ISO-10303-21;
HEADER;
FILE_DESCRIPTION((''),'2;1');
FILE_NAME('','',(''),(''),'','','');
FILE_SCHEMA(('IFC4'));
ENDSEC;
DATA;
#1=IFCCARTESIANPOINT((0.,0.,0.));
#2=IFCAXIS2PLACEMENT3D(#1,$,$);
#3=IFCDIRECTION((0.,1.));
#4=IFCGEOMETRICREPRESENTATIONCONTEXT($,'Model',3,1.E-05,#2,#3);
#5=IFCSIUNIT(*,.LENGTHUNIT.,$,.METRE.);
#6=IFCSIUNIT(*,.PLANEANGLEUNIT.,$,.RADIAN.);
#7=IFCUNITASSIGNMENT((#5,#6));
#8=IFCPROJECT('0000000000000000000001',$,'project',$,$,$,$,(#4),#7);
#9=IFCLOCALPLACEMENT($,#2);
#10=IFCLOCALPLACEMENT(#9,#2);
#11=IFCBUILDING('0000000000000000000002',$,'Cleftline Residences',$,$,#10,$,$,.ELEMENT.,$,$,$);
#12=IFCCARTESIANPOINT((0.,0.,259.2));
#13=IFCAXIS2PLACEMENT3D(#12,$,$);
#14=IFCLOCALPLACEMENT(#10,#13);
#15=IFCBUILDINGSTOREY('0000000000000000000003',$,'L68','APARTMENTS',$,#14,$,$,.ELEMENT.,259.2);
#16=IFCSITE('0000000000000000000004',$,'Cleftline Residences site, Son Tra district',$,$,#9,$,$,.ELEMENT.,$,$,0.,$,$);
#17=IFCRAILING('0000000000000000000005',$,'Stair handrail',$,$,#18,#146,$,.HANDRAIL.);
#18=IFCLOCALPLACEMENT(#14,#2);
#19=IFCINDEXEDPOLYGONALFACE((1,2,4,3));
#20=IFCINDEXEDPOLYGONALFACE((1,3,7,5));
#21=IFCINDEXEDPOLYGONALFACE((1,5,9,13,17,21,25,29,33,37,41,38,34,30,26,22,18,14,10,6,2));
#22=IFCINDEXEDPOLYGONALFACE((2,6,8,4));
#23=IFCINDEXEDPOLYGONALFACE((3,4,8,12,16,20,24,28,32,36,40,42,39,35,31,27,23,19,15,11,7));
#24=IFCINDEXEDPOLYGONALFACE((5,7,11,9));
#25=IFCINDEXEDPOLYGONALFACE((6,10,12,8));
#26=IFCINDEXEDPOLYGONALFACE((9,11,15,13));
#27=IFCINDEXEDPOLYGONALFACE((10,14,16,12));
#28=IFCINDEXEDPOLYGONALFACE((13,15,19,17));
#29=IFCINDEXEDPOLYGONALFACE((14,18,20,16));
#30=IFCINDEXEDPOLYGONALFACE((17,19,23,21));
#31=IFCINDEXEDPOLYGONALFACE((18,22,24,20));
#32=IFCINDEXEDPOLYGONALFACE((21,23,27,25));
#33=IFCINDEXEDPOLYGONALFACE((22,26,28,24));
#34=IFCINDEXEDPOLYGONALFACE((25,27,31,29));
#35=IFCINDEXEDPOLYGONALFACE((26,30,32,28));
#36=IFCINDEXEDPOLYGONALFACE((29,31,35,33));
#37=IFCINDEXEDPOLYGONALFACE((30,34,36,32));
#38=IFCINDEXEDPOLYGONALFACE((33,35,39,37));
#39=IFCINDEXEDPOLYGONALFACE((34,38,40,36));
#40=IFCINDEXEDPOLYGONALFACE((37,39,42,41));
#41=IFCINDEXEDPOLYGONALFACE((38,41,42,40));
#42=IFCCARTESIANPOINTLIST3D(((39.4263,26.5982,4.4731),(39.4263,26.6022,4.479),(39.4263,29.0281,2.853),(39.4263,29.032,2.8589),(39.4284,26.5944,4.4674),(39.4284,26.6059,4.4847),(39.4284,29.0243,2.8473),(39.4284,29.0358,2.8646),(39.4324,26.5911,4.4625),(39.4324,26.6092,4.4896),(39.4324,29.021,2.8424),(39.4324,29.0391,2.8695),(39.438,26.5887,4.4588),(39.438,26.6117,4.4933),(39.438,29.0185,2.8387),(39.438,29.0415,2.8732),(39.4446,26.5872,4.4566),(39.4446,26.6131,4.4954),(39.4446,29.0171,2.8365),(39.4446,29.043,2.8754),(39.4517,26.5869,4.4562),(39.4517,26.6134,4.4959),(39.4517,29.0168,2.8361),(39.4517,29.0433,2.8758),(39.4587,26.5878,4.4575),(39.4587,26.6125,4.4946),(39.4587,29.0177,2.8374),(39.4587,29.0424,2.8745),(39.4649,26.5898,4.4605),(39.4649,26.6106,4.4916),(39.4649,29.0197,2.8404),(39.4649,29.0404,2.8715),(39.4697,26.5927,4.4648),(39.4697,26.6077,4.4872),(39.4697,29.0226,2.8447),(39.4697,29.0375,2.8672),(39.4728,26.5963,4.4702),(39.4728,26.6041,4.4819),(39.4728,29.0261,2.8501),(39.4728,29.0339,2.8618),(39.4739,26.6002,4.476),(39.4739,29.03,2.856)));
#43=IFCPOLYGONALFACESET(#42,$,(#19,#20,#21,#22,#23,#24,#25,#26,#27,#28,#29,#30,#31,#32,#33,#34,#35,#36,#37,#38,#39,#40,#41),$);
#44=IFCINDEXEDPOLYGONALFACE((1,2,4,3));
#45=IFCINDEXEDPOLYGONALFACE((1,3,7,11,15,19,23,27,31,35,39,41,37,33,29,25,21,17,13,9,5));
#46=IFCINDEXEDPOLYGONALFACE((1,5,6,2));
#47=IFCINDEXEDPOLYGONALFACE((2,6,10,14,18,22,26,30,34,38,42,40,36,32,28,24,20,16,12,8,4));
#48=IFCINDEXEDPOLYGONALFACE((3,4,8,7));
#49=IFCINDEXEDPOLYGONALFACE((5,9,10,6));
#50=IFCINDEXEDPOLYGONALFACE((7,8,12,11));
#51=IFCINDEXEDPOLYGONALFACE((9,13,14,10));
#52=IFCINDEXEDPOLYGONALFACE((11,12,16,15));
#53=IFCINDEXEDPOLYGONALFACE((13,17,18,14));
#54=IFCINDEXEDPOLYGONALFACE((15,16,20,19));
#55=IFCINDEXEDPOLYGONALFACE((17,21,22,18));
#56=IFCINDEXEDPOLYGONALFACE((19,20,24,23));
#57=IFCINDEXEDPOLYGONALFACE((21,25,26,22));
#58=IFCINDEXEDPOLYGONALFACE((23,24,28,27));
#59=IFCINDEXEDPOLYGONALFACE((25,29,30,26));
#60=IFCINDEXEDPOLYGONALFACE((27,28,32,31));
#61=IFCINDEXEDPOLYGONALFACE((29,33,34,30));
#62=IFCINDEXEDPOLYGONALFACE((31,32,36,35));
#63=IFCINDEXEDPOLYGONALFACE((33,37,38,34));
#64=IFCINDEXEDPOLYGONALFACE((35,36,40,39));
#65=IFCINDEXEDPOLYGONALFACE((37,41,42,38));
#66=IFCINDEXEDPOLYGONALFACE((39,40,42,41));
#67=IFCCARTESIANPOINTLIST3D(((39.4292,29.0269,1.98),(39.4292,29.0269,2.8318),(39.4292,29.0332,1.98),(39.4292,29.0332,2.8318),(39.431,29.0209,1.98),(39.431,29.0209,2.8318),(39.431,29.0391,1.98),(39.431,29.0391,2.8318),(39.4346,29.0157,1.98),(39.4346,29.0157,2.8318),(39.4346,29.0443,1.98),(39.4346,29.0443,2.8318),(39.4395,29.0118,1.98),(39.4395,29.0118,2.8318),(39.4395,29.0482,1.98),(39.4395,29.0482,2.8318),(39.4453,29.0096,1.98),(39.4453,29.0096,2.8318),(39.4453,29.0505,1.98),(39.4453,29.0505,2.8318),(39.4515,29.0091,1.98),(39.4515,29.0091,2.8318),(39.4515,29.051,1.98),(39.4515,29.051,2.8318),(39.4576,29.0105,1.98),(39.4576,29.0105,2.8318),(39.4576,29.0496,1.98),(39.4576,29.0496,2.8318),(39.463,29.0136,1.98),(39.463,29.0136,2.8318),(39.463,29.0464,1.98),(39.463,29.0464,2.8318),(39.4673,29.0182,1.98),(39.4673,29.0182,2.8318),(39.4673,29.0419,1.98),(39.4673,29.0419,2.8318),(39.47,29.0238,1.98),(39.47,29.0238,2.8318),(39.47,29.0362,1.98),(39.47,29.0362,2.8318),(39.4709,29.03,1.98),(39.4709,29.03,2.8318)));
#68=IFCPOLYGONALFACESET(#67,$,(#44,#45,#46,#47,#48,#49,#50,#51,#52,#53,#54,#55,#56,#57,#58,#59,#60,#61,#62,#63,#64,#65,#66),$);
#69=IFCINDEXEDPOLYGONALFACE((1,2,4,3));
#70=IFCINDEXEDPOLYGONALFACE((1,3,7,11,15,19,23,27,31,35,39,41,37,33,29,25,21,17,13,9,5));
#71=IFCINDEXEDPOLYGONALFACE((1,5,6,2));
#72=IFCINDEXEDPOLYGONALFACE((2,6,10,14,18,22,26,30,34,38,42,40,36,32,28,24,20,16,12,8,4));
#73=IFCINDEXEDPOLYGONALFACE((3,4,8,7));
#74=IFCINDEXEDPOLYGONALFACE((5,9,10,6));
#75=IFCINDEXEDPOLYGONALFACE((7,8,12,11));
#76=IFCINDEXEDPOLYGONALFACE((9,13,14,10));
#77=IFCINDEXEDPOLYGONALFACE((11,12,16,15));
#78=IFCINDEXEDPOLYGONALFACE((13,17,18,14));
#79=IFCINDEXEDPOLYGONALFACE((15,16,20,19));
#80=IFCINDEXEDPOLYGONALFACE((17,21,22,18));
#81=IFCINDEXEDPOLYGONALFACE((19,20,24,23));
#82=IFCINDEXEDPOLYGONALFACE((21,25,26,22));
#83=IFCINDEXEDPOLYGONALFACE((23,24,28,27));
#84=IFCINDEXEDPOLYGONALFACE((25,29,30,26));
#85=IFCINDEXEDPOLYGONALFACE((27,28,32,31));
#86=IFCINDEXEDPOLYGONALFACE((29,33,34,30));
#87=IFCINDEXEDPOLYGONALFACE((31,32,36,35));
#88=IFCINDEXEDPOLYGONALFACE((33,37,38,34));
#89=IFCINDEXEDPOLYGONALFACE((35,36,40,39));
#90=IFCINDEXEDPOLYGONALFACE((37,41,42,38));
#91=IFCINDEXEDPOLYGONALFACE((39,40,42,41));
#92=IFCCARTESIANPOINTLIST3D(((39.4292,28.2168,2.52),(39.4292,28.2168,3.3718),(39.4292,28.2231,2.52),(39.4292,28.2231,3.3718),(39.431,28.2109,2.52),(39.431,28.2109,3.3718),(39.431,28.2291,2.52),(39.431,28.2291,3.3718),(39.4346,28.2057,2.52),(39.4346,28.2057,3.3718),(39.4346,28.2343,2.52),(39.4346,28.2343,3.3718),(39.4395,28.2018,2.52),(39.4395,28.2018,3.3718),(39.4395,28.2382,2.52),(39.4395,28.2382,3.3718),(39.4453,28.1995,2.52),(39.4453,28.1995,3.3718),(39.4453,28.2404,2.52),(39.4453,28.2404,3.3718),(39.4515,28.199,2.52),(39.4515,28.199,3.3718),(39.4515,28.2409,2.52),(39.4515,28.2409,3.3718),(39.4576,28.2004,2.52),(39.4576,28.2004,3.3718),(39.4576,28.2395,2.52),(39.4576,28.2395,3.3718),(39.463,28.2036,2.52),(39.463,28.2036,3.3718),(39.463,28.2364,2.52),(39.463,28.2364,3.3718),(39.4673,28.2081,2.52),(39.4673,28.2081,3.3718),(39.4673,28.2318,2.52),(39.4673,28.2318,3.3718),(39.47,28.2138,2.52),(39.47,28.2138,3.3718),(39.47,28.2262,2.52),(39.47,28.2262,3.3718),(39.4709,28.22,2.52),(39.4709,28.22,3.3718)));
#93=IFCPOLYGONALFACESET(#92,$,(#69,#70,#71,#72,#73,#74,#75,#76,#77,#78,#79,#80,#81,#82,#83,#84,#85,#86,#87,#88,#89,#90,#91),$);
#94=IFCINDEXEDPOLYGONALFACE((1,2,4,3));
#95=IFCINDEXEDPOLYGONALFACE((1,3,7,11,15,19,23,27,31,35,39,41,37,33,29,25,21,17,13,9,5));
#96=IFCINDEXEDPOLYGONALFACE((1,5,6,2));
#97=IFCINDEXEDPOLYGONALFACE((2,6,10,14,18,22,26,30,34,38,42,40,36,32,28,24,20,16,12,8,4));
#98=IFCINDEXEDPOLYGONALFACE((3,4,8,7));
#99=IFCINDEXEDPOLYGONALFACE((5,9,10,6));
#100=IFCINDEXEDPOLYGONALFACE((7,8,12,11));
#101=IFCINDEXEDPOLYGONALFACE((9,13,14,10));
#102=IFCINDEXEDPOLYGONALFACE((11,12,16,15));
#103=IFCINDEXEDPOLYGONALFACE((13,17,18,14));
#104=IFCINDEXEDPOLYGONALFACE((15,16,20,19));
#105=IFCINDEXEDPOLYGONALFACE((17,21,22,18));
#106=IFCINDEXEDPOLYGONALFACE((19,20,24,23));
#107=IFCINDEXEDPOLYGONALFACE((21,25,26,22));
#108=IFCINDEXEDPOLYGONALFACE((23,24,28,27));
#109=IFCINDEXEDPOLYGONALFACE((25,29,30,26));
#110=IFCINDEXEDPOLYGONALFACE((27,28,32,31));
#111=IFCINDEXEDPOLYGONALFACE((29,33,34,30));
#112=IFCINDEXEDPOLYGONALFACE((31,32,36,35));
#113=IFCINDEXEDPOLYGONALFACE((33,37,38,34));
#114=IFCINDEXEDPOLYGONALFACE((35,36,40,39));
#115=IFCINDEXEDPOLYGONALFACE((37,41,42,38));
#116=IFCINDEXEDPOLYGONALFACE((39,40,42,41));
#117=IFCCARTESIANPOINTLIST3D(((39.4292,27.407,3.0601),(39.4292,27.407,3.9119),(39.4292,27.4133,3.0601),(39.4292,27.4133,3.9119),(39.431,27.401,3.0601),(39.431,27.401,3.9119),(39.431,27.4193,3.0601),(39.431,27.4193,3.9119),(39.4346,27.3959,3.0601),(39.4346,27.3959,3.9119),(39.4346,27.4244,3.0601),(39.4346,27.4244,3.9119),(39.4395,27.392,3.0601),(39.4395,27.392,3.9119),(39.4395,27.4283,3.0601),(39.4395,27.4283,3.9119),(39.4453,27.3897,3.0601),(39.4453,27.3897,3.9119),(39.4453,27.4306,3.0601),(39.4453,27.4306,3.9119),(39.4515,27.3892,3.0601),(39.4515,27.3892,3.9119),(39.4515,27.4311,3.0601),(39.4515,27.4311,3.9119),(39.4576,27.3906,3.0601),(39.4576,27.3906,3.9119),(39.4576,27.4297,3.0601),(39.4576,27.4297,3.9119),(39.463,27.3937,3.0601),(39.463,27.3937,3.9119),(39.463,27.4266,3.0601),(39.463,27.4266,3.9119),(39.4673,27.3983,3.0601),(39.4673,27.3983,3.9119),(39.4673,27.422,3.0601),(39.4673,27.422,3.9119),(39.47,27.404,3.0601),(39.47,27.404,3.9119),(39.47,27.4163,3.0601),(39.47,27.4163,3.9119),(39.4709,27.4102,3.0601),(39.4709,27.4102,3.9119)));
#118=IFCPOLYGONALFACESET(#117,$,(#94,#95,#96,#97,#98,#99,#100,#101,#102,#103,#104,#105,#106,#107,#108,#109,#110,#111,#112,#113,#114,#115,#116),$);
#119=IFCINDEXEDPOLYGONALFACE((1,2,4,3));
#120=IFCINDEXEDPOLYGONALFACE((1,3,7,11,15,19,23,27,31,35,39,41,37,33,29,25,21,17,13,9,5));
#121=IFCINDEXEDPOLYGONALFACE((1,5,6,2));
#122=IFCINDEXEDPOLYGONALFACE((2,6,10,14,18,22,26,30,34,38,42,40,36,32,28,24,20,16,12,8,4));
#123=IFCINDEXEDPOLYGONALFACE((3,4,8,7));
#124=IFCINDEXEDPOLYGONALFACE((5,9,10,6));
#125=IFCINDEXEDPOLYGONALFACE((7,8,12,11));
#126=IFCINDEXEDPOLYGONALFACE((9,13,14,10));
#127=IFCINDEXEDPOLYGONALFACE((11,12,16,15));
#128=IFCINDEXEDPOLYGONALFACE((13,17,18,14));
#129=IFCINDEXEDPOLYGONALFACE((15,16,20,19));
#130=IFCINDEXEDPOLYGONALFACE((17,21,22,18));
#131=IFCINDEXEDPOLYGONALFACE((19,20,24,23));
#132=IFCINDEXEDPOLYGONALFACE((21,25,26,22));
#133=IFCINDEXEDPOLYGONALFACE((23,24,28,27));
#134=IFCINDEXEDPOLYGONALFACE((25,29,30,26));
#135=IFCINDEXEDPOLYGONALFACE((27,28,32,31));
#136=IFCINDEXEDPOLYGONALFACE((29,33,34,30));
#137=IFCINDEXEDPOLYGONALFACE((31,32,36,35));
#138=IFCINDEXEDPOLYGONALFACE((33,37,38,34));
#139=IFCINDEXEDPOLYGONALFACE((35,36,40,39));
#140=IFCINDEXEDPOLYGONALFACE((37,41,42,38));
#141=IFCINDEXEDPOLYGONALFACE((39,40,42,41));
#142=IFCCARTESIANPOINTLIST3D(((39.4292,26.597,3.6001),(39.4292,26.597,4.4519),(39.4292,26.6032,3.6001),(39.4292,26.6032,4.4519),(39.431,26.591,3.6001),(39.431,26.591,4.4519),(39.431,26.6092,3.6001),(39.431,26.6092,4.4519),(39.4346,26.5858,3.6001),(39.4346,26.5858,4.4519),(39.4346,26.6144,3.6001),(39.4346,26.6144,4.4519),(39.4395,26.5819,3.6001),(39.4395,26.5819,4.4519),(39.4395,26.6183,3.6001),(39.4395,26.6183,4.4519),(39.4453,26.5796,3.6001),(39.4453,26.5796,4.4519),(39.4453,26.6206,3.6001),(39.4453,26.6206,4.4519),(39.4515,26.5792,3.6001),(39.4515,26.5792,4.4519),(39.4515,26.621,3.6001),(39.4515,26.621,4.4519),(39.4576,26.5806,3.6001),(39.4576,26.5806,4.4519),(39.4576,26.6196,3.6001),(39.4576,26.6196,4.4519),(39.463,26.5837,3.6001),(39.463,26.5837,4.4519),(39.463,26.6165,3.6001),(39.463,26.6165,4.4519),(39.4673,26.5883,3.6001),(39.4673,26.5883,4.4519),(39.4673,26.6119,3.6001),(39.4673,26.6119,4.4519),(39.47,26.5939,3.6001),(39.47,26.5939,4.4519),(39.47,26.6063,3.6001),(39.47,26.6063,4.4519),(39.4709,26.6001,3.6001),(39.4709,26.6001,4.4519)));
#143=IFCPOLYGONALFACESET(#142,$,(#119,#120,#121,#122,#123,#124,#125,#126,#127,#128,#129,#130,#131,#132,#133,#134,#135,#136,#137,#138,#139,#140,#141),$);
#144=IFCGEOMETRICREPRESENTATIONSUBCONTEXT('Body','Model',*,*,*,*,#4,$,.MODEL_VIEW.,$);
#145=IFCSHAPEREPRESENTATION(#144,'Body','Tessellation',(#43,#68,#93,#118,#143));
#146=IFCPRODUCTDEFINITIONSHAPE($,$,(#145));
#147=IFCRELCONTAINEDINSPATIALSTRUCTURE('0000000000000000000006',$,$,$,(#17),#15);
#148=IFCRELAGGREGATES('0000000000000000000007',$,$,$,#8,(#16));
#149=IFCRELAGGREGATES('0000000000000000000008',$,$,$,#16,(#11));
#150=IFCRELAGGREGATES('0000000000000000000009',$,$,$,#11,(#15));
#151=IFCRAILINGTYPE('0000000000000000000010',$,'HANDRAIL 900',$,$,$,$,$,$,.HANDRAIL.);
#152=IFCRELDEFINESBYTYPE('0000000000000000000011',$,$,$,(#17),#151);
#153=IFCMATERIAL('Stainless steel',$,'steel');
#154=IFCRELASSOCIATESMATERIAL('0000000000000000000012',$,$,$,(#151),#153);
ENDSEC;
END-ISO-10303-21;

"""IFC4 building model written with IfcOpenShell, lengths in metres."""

from ifc_helpers import new_model, si_unit, direction, frame, origin, origin_2d, place, context, subcontext, project, spatial, circle, extrude, material, type_object, element, save


model = new_model("IFC4")

# Units and contexts
model_context = context("Model", 3, precision=1e-05, world=origin(), true_north=direction((0.0, 1.0)))
body_context = subcontext(model_context, "Body", "Model", "MODEL_VIEW")
ifc_project = project(units=[si_unit("LENGTHUNIT", "METRE"), si_unit("PLANEANGLEUNIT", "RADIAN")], contexts=[model_context])

# Site, building, storey
site_placement = place(None, origin())
site = spatial("IfcSite", under=ifc_project, at=site_placement, Name="Cleftline Residences site, Son Tra district", CompositionType="ELEMENT", RefElevation=0.0)
building_placement = place(site_placement, origin())
building = spatial("IfcBuilding", under=site, at=building_placement, Name="Cleftline Residences", CompositionType="ELEMENT")
storey_placement = place(building_placement, frame((0.0, 0.0, 259.2)))
storey = spatial("IfcBuildingStorey", under=building, at=storey_placement, Name="L68", Description="APARTMENTS", CompositionType="ELEMENT", Elevation=259.2)

# Railing
ifc_material_1 = material(Name="Stainless steel", Category="steel")
railing_type = type_object("IfcRailingType", Name="HANDRAIL 900", PredefinedType="HANDRAIL", material=ifc_material_1)
railing_1_placement = place(storey_placement, frame((39.45, 29.03, 1.98)))
element("IfcRailing", 1, at=railing_1_placement, inside=storey, type_object=railing_type, Name="Stair handrail", PredefinedType="HANDRAIL", context=body_context, shape_type="SweptSolid", body=[
    extrude(circle(Radius=0.0239, at=origin_2d()), frame((0.0, 0.0, 0.876), z_axis=(0.0, -0.832025, 0.554739), x_axis=(1.0, 0.0, 0.0)), (0.0, 0.0, 1.0), 2.9204),
    extrude(circle(Radius=0.021, at=origin_2d()), origin(), (0.0, 0.0, 1.0), 0.8518),
    extrude(circle(Radius=0.021, at=origin_2d()), frame((0.0, -0.8101, 0.54)), (0.0, 0.0, 1.0), 0.8518),
    extrude(circle(Radius=0.021, at=origin_2d()), frame((0.0, -1.6199, 1.0801)), (0.0, 0.0, 1.0), 0.8518),
    extrude(circle(Radius=0.021, at=origin_2d()), frame((0.0, -2.4299, 1.6201)), (0.0, 0.0, 1.0), 0.8518),
])

save(model, "model.ifc")
